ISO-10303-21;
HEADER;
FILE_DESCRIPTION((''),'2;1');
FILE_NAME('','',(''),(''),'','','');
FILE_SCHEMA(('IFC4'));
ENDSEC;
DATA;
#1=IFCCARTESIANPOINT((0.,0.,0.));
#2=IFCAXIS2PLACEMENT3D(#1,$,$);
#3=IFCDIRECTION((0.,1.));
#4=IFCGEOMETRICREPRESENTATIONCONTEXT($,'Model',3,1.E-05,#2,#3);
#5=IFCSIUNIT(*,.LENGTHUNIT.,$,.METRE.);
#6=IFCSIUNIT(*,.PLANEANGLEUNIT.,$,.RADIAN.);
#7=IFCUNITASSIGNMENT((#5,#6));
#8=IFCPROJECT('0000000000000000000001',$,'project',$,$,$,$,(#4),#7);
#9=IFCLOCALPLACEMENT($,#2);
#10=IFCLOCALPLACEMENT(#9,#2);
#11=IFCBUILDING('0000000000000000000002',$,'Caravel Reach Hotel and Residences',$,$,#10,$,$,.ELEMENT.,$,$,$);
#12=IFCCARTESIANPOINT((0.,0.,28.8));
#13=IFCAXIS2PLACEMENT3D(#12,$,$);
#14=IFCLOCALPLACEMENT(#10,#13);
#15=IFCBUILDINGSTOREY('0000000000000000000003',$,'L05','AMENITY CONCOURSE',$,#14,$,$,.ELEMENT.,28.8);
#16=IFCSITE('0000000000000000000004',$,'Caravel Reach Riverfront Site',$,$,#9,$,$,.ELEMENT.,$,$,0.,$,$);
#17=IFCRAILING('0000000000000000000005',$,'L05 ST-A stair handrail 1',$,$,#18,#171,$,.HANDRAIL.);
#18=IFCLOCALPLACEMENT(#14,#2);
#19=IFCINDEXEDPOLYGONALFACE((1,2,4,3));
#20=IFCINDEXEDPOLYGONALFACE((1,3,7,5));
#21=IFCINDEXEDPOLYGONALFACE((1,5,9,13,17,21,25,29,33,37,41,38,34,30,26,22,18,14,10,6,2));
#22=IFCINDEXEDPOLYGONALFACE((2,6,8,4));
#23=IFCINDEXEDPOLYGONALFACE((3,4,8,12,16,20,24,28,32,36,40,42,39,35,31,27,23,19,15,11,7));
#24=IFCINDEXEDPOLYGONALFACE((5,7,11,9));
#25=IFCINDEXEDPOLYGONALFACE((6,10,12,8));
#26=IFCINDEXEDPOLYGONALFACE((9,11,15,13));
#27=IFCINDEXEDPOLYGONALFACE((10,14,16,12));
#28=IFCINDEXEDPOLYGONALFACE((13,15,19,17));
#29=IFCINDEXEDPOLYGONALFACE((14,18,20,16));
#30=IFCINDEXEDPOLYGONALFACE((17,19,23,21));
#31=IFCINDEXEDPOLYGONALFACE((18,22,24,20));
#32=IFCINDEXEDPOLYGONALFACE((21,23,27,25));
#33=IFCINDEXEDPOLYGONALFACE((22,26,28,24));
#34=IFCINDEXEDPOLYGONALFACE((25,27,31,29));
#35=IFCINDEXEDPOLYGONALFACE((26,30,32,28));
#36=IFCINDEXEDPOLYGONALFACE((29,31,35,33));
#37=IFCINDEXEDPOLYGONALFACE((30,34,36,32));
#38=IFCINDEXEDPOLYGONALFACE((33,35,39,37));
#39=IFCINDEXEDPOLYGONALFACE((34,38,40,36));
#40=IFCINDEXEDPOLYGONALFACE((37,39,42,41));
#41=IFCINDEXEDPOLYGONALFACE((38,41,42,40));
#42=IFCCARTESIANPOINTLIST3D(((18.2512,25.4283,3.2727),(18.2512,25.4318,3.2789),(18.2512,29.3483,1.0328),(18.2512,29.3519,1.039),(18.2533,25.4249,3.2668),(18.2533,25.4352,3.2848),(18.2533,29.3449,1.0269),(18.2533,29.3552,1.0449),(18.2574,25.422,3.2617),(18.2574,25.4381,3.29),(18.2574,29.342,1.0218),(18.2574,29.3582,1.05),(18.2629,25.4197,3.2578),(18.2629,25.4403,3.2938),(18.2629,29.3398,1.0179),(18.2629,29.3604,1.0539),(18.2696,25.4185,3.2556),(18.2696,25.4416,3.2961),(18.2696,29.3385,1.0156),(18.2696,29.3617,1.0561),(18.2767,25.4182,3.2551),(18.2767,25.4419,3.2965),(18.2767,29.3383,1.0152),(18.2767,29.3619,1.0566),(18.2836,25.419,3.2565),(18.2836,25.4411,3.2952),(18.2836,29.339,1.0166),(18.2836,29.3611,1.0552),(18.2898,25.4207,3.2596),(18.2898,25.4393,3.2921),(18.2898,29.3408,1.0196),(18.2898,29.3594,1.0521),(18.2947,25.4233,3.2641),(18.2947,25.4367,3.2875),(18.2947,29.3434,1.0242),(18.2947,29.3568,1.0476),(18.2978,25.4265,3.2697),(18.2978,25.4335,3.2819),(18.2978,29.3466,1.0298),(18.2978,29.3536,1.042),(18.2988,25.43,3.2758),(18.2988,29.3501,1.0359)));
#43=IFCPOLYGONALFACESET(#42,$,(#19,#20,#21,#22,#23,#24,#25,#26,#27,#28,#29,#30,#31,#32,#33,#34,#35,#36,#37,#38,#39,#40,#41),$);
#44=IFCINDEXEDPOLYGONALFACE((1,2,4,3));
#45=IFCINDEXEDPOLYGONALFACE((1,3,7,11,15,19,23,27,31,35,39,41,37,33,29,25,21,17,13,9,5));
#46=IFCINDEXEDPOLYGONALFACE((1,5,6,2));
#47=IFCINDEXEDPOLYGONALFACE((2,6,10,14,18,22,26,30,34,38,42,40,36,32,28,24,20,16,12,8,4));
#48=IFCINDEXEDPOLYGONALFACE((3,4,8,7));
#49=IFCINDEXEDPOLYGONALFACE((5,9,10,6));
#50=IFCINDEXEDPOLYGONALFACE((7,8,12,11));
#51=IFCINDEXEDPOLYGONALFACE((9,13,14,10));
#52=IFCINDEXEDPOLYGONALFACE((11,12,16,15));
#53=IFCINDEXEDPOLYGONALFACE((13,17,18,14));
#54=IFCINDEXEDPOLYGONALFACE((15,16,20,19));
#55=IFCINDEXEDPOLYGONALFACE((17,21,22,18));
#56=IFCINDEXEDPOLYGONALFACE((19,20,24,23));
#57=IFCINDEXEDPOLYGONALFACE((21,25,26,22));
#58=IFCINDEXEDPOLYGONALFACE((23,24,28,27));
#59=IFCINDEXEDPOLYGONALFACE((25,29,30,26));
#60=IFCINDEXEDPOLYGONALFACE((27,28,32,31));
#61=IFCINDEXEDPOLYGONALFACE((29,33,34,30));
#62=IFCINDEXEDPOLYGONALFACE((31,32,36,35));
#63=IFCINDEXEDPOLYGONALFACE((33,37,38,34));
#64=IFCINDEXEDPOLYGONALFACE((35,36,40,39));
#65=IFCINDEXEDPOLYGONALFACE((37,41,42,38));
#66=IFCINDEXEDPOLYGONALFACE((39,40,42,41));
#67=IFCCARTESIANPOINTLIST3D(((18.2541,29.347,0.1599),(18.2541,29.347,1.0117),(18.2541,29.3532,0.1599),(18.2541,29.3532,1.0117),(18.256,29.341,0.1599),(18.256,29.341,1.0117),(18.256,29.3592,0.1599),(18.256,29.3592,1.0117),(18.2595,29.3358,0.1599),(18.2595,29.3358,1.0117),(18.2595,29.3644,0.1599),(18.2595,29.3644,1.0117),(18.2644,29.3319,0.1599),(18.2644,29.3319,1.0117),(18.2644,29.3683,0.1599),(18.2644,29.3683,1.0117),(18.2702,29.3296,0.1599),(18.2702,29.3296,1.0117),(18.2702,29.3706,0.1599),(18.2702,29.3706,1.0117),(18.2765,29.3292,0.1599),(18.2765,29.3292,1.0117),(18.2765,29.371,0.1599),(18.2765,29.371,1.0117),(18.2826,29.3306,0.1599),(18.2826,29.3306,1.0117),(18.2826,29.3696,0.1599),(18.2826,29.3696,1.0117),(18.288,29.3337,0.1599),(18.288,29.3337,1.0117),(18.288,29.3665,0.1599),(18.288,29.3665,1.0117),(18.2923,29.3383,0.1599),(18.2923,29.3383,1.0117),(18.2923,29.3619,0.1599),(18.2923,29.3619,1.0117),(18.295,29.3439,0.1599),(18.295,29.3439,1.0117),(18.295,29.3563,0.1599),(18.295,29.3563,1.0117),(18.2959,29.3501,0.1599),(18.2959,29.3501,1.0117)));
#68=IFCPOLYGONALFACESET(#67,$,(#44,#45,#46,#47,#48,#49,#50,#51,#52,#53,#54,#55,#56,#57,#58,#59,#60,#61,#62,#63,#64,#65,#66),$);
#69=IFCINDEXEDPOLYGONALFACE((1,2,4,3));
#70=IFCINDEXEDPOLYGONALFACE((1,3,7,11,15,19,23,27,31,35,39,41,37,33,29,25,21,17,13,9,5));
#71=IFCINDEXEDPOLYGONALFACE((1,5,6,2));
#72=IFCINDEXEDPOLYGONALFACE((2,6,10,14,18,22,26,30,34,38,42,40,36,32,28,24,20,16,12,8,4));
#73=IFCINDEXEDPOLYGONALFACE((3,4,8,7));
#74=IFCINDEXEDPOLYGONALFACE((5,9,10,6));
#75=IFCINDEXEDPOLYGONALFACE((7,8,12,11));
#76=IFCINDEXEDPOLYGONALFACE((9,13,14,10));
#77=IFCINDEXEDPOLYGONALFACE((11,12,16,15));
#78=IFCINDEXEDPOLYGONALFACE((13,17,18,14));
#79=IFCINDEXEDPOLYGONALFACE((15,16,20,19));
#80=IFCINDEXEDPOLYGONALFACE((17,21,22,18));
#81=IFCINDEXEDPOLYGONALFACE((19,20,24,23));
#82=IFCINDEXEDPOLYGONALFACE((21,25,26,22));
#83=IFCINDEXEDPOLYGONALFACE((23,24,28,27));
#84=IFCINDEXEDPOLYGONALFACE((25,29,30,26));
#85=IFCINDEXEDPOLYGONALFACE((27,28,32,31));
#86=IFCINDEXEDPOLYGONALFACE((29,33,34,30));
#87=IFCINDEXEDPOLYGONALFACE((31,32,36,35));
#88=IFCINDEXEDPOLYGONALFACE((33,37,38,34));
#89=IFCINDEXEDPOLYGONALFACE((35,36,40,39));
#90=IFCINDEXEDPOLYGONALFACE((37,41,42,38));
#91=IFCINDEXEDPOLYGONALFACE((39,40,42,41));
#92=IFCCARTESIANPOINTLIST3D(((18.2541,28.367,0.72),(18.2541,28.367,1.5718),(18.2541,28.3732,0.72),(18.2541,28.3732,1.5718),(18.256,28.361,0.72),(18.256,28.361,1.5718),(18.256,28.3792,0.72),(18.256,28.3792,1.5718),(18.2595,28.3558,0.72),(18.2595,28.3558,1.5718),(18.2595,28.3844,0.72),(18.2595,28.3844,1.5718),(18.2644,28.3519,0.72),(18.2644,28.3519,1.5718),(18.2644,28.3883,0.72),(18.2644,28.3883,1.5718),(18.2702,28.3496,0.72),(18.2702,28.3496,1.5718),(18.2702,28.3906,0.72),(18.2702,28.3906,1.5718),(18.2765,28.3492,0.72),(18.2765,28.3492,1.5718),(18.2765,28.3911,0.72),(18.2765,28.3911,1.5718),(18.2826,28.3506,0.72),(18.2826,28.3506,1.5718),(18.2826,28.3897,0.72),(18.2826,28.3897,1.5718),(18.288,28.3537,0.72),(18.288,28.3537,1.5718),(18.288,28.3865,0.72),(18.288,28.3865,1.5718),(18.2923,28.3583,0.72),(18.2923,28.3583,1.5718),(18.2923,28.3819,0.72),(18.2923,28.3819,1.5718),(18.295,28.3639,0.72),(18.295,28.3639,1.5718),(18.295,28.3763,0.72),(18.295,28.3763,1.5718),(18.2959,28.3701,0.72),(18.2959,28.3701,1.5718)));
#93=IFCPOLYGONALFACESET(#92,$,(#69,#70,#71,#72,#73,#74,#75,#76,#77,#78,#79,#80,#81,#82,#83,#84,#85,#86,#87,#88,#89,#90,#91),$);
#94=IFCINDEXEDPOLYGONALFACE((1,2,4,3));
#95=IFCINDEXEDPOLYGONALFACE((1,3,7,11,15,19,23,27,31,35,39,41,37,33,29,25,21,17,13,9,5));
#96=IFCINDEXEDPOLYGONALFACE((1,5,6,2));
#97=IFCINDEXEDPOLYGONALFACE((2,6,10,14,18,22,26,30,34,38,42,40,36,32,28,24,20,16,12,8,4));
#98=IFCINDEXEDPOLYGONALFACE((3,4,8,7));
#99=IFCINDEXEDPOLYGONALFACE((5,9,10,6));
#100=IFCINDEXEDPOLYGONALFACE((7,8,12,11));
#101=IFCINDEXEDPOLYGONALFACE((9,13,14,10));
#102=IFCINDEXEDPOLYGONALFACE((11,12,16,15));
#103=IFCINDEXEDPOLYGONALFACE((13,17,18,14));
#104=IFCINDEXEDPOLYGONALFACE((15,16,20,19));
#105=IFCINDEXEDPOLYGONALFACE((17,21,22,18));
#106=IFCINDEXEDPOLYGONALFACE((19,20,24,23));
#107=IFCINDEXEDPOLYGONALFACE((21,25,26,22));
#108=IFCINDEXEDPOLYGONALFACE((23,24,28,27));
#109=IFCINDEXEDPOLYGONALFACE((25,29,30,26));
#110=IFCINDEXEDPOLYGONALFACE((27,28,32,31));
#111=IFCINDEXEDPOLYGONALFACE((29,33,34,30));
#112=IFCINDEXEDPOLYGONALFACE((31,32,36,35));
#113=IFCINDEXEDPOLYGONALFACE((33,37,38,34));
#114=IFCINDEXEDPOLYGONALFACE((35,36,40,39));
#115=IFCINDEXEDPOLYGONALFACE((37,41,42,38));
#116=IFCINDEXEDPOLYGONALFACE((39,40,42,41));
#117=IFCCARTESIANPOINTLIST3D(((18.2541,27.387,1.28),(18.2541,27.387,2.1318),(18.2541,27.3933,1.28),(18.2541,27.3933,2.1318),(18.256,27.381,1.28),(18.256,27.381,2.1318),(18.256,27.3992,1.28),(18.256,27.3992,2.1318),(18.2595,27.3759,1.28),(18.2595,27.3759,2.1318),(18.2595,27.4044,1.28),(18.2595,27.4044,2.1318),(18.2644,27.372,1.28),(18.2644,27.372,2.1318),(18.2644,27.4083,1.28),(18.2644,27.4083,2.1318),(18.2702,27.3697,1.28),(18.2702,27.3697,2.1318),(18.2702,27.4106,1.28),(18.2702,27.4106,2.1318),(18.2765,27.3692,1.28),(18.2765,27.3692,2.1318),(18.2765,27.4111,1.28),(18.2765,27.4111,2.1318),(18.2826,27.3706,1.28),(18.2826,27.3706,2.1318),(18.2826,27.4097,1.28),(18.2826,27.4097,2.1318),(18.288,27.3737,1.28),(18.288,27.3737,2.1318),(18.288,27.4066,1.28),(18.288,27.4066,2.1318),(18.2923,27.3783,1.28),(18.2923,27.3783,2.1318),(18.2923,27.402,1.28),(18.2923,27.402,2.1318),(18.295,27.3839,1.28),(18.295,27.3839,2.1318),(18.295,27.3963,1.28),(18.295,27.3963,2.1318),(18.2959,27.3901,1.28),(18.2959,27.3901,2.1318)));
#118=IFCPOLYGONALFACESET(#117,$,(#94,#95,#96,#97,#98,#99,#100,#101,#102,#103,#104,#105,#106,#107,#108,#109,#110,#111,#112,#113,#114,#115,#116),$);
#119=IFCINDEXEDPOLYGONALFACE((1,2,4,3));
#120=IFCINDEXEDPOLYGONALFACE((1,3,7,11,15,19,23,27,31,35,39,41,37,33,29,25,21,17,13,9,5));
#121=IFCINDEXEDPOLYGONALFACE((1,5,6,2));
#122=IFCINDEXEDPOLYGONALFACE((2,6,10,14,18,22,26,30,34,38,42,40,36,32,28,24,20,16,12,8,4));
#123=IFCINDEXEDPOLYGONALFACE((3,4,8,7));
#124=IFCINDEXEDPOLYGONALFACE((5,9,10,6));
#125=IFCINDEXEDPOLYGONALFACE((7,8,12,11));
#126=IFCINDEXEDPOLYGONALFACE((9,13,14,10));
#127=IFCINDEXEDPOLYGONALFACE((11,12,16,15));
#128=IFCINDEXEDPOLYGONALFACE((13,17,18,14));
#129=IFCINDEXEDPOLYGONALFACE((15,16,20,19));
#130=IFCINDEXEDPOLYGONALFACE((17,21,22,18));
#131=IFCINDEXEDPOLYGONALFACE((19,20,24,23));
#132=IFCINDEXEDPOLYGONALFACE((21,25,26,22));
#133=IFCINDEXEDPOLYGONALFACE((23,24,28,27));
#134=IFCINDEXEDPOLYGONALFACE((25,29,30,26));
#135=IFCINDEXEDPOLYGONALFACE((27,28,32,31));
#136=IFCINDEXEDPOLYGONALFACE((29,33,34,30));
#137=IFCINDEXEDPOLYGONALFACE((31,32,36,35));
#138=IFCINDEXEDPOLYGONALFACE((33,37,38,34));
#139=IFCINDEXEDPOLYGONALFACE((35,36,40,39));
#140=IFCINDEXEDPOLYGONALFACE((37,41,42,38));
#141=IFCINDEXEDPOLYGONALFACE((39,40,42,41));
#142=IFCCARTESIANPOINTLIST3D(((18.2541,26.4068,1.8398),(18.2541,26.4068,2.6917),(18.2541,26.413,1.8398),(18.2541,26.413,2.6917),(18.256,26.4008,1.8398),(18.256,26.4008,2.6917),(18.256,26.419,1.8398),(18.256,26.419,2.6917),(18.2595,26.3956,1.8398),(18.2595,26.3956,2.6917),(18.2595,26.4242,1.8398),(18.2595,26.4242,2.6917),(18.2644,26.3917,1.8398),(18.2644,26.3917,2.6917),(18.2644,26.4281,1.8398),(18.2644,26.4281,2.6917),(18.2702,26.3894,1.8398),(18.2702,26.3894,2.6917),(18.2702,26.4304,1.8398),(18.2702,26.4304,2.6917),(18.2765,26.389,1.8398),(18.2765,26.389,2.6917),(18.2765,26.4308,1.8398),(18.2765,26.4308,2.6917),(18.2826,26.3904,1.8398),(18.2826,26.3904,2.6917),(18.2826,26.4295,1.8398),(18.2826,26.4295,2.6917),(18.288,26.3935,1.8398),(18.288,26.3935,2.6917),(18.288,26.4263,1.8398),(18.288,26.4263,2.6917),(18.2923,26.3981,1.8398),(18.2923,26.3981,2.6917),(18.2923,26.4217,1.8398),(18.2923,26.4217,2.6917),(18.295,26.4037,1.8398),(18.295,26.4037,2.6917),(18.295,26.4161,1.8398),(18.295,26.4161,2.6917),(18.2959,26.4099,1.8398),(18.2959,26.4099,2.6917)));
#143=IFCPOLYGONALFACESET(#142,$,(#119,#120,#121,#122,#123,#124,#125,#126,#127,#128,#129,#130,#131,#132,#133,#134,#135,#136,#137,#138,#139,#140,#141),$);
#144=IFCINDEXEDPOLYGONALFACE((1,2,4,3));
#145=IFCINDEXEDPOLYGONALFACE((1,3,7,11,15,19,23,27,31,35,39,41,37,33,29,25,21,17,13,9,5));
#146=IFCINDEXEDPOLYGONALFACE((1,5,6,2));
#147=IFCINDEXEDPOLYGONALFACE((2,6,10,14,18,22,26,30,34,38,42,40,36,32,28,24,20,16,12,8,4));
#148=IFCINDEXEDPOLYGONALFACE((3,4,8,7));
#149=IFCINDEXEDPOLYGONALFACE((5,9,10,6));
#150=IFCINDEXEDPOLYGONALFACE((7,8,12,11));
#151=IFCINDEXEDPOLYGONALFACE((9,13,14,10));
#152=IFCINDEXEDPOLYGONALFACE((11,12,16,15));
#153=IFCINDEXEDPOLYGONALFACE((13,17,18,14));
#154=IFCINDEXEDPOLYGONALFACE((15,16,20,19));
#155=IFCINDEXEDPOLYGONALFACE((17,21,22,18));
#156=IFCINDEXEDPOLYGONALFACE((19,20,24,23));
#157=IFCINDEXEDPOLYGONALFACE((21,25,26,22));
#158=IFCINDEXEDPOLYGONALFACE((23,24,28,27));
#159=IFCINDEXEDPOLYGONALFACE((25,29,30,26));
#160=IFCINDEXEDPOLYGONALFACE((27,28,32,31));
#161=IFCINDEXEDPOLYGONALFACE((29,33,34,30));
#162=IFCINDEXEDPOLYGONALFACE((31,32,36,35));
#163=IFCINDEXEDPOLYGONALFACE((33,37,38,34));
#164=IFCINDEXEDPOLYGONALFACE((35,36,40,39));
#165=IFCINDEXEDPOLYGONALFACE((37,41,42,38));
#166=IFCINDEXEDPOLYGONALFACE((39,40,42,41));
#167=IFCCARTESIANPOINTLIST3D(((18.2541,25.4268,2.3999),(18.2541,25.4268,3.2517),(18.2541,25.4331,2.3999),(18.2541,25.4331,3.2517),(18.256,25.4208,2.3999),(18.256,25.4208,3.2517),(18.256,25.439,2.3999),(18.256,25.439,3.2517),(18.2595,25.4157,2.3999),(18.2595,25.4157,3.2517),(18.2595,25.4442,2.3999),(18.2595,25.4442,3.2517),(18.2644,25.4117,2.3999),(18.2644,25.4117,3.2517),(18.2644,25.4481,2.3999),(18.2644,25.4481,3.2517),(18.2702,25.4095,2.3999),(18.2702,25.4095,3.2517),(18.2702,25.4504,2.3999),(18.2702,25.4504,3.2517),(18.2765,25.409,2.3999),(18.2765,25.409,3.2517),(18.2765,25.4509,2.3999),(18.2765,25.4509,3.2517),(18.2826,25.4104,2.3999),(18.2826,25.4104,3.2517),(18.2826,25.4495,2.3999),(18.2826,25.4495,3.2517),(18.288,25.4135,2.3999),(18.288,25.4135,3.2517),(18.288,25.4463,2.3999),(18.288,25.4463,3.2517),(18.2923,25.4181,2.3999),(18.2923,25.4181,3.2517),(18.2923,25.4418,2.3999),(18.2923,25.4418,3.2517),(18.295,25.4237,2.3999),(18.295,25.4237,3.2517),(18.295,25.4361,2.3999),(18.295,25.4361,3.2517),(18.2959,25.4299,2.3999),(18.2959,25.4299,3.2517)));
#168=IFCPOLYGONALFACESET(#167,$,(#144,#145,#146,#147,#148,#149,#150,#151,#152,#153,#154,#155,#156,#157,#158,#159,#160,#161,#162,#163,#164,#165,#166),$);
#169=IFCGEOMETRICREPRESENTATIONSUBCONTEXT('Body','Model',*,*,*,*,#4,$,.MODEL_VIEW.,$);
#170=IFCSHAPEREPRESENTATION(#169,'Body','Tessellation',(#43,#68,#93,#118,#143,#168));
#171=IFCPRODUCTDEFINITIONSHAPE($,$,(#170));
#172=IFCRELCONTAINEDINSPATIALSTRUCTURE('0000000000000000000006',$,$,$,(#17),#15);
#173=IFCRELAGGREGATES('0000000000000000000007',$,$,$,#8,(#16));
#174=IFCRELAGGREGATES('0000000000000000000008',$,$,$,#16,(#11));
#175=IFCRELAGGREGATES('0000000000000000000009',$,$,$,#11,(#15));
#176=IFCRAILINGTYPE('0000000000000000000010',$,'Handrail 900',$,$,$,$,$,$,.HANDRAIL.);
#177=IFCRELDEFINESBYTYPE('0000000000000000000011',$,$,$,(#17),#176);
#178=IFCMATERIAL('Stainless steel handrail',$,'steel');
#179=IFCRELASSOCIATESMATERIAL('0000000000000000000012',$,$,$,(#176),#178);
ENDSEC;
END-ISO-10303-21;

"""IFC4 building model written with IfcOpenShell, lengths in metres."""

from ifc_helpers import new_model, si_unit, direction, frame, origin, origin_2d, place, context, subcontext, project, spatial, circle, extrude, material, type_object, element, save


model = new_model("IFC4")

# Units and contexts
model_context = context("Model", 3, precision=1e-05, world=origin(), true_north=direction((0.0, 1.0)))
body_context = subcontext(model_context, "Body", "Model", "MODEL_VIEW")
ifc_project = project(units=[si_unit("LENGTHUNIT", "METRE"), si_unit("PLANEANGLEUNIT", "RADIAN")], contexts=[model_context])

# Site, building, storey
site_placement = place(None, origin())
site = spatial("IfcSite", under=ifc_project, at=site_placement, Name="Caravel Reach Riverfront Site", CompositionType="ELEMENT", RefElevation=0.0)
building_placement = place(site_placement, origin())
building = spatial("IfcBuilding", under=site, at=building_placement, Name="Caravel Reach Hotel and Residences", CompositionType="ELEMENT")
storey_placement = place(building_placement, frame((0.0, 0.0, 28.8)))
storey = spatial("IfcBuildingStorey", under=building, at=storey_placement, Name="L05", Description="AMENITY CONCOURSE", CompositionType="ELEMENT", Elevation=28.8)

# Railing
ifc_material_1 = material(Name="Stainless steel handrail", Category="steel")
railing_type_1 = type_object("IfcRailingType", Name="Handrail 900", PredefinedType="HANDRAIL", material=ifc_material_1)
railing_1_placement = place(storey_placement, frame((18.2749, 29.3501, 0.1599)))
element("IfcRailing", 1, at=railing_1_placement, inside=storey, type_object=railing_type_1, Name="L05 ST-A stair handrail 1", PredefinedType="HANDRAIL", context=body_context, shape_type="SweptSolid", body=[
    extrude(circle(Radius=0.0239, at=origin_2d()), frame((0.0, 0.0, 0.876), z_axis=(0.0, -0.868253, 0.496121), x_axis=(1.0, 0.0, 0.0)), (0.0, 0.0, 1.0), 4.5149),
    extrude(circle(Radius=0.021, at=origin_2d()), origin(), (0.0, 0.0, 1.0), 0.8518),
    extrude(circle(Radius=0.021, at=origin_2d()), frame((0.0, -0.98, 0.5601)), (0.0, 0.0, 1.0), 0.8518),
    extrude(circle(Radius=0.021, at=origin_2d()), frame((0.0, -1.96, 1.1201)), (0.0, 0.0, 1.0), 0.8518),
    extrude(circle(Radius=0.021, at=origin_2d()), frame((0.0, -2.9402, 1.6799)), (0.0, 0.0, 1.0), 0.8518),
    extrude(circle(Radius=0.021, at=origin_2d()), frame((0.0, -3.9202, 2.24)), (0.0, 0.0, 1.0), 0.8518),
])

save(model, "model.ifc")
